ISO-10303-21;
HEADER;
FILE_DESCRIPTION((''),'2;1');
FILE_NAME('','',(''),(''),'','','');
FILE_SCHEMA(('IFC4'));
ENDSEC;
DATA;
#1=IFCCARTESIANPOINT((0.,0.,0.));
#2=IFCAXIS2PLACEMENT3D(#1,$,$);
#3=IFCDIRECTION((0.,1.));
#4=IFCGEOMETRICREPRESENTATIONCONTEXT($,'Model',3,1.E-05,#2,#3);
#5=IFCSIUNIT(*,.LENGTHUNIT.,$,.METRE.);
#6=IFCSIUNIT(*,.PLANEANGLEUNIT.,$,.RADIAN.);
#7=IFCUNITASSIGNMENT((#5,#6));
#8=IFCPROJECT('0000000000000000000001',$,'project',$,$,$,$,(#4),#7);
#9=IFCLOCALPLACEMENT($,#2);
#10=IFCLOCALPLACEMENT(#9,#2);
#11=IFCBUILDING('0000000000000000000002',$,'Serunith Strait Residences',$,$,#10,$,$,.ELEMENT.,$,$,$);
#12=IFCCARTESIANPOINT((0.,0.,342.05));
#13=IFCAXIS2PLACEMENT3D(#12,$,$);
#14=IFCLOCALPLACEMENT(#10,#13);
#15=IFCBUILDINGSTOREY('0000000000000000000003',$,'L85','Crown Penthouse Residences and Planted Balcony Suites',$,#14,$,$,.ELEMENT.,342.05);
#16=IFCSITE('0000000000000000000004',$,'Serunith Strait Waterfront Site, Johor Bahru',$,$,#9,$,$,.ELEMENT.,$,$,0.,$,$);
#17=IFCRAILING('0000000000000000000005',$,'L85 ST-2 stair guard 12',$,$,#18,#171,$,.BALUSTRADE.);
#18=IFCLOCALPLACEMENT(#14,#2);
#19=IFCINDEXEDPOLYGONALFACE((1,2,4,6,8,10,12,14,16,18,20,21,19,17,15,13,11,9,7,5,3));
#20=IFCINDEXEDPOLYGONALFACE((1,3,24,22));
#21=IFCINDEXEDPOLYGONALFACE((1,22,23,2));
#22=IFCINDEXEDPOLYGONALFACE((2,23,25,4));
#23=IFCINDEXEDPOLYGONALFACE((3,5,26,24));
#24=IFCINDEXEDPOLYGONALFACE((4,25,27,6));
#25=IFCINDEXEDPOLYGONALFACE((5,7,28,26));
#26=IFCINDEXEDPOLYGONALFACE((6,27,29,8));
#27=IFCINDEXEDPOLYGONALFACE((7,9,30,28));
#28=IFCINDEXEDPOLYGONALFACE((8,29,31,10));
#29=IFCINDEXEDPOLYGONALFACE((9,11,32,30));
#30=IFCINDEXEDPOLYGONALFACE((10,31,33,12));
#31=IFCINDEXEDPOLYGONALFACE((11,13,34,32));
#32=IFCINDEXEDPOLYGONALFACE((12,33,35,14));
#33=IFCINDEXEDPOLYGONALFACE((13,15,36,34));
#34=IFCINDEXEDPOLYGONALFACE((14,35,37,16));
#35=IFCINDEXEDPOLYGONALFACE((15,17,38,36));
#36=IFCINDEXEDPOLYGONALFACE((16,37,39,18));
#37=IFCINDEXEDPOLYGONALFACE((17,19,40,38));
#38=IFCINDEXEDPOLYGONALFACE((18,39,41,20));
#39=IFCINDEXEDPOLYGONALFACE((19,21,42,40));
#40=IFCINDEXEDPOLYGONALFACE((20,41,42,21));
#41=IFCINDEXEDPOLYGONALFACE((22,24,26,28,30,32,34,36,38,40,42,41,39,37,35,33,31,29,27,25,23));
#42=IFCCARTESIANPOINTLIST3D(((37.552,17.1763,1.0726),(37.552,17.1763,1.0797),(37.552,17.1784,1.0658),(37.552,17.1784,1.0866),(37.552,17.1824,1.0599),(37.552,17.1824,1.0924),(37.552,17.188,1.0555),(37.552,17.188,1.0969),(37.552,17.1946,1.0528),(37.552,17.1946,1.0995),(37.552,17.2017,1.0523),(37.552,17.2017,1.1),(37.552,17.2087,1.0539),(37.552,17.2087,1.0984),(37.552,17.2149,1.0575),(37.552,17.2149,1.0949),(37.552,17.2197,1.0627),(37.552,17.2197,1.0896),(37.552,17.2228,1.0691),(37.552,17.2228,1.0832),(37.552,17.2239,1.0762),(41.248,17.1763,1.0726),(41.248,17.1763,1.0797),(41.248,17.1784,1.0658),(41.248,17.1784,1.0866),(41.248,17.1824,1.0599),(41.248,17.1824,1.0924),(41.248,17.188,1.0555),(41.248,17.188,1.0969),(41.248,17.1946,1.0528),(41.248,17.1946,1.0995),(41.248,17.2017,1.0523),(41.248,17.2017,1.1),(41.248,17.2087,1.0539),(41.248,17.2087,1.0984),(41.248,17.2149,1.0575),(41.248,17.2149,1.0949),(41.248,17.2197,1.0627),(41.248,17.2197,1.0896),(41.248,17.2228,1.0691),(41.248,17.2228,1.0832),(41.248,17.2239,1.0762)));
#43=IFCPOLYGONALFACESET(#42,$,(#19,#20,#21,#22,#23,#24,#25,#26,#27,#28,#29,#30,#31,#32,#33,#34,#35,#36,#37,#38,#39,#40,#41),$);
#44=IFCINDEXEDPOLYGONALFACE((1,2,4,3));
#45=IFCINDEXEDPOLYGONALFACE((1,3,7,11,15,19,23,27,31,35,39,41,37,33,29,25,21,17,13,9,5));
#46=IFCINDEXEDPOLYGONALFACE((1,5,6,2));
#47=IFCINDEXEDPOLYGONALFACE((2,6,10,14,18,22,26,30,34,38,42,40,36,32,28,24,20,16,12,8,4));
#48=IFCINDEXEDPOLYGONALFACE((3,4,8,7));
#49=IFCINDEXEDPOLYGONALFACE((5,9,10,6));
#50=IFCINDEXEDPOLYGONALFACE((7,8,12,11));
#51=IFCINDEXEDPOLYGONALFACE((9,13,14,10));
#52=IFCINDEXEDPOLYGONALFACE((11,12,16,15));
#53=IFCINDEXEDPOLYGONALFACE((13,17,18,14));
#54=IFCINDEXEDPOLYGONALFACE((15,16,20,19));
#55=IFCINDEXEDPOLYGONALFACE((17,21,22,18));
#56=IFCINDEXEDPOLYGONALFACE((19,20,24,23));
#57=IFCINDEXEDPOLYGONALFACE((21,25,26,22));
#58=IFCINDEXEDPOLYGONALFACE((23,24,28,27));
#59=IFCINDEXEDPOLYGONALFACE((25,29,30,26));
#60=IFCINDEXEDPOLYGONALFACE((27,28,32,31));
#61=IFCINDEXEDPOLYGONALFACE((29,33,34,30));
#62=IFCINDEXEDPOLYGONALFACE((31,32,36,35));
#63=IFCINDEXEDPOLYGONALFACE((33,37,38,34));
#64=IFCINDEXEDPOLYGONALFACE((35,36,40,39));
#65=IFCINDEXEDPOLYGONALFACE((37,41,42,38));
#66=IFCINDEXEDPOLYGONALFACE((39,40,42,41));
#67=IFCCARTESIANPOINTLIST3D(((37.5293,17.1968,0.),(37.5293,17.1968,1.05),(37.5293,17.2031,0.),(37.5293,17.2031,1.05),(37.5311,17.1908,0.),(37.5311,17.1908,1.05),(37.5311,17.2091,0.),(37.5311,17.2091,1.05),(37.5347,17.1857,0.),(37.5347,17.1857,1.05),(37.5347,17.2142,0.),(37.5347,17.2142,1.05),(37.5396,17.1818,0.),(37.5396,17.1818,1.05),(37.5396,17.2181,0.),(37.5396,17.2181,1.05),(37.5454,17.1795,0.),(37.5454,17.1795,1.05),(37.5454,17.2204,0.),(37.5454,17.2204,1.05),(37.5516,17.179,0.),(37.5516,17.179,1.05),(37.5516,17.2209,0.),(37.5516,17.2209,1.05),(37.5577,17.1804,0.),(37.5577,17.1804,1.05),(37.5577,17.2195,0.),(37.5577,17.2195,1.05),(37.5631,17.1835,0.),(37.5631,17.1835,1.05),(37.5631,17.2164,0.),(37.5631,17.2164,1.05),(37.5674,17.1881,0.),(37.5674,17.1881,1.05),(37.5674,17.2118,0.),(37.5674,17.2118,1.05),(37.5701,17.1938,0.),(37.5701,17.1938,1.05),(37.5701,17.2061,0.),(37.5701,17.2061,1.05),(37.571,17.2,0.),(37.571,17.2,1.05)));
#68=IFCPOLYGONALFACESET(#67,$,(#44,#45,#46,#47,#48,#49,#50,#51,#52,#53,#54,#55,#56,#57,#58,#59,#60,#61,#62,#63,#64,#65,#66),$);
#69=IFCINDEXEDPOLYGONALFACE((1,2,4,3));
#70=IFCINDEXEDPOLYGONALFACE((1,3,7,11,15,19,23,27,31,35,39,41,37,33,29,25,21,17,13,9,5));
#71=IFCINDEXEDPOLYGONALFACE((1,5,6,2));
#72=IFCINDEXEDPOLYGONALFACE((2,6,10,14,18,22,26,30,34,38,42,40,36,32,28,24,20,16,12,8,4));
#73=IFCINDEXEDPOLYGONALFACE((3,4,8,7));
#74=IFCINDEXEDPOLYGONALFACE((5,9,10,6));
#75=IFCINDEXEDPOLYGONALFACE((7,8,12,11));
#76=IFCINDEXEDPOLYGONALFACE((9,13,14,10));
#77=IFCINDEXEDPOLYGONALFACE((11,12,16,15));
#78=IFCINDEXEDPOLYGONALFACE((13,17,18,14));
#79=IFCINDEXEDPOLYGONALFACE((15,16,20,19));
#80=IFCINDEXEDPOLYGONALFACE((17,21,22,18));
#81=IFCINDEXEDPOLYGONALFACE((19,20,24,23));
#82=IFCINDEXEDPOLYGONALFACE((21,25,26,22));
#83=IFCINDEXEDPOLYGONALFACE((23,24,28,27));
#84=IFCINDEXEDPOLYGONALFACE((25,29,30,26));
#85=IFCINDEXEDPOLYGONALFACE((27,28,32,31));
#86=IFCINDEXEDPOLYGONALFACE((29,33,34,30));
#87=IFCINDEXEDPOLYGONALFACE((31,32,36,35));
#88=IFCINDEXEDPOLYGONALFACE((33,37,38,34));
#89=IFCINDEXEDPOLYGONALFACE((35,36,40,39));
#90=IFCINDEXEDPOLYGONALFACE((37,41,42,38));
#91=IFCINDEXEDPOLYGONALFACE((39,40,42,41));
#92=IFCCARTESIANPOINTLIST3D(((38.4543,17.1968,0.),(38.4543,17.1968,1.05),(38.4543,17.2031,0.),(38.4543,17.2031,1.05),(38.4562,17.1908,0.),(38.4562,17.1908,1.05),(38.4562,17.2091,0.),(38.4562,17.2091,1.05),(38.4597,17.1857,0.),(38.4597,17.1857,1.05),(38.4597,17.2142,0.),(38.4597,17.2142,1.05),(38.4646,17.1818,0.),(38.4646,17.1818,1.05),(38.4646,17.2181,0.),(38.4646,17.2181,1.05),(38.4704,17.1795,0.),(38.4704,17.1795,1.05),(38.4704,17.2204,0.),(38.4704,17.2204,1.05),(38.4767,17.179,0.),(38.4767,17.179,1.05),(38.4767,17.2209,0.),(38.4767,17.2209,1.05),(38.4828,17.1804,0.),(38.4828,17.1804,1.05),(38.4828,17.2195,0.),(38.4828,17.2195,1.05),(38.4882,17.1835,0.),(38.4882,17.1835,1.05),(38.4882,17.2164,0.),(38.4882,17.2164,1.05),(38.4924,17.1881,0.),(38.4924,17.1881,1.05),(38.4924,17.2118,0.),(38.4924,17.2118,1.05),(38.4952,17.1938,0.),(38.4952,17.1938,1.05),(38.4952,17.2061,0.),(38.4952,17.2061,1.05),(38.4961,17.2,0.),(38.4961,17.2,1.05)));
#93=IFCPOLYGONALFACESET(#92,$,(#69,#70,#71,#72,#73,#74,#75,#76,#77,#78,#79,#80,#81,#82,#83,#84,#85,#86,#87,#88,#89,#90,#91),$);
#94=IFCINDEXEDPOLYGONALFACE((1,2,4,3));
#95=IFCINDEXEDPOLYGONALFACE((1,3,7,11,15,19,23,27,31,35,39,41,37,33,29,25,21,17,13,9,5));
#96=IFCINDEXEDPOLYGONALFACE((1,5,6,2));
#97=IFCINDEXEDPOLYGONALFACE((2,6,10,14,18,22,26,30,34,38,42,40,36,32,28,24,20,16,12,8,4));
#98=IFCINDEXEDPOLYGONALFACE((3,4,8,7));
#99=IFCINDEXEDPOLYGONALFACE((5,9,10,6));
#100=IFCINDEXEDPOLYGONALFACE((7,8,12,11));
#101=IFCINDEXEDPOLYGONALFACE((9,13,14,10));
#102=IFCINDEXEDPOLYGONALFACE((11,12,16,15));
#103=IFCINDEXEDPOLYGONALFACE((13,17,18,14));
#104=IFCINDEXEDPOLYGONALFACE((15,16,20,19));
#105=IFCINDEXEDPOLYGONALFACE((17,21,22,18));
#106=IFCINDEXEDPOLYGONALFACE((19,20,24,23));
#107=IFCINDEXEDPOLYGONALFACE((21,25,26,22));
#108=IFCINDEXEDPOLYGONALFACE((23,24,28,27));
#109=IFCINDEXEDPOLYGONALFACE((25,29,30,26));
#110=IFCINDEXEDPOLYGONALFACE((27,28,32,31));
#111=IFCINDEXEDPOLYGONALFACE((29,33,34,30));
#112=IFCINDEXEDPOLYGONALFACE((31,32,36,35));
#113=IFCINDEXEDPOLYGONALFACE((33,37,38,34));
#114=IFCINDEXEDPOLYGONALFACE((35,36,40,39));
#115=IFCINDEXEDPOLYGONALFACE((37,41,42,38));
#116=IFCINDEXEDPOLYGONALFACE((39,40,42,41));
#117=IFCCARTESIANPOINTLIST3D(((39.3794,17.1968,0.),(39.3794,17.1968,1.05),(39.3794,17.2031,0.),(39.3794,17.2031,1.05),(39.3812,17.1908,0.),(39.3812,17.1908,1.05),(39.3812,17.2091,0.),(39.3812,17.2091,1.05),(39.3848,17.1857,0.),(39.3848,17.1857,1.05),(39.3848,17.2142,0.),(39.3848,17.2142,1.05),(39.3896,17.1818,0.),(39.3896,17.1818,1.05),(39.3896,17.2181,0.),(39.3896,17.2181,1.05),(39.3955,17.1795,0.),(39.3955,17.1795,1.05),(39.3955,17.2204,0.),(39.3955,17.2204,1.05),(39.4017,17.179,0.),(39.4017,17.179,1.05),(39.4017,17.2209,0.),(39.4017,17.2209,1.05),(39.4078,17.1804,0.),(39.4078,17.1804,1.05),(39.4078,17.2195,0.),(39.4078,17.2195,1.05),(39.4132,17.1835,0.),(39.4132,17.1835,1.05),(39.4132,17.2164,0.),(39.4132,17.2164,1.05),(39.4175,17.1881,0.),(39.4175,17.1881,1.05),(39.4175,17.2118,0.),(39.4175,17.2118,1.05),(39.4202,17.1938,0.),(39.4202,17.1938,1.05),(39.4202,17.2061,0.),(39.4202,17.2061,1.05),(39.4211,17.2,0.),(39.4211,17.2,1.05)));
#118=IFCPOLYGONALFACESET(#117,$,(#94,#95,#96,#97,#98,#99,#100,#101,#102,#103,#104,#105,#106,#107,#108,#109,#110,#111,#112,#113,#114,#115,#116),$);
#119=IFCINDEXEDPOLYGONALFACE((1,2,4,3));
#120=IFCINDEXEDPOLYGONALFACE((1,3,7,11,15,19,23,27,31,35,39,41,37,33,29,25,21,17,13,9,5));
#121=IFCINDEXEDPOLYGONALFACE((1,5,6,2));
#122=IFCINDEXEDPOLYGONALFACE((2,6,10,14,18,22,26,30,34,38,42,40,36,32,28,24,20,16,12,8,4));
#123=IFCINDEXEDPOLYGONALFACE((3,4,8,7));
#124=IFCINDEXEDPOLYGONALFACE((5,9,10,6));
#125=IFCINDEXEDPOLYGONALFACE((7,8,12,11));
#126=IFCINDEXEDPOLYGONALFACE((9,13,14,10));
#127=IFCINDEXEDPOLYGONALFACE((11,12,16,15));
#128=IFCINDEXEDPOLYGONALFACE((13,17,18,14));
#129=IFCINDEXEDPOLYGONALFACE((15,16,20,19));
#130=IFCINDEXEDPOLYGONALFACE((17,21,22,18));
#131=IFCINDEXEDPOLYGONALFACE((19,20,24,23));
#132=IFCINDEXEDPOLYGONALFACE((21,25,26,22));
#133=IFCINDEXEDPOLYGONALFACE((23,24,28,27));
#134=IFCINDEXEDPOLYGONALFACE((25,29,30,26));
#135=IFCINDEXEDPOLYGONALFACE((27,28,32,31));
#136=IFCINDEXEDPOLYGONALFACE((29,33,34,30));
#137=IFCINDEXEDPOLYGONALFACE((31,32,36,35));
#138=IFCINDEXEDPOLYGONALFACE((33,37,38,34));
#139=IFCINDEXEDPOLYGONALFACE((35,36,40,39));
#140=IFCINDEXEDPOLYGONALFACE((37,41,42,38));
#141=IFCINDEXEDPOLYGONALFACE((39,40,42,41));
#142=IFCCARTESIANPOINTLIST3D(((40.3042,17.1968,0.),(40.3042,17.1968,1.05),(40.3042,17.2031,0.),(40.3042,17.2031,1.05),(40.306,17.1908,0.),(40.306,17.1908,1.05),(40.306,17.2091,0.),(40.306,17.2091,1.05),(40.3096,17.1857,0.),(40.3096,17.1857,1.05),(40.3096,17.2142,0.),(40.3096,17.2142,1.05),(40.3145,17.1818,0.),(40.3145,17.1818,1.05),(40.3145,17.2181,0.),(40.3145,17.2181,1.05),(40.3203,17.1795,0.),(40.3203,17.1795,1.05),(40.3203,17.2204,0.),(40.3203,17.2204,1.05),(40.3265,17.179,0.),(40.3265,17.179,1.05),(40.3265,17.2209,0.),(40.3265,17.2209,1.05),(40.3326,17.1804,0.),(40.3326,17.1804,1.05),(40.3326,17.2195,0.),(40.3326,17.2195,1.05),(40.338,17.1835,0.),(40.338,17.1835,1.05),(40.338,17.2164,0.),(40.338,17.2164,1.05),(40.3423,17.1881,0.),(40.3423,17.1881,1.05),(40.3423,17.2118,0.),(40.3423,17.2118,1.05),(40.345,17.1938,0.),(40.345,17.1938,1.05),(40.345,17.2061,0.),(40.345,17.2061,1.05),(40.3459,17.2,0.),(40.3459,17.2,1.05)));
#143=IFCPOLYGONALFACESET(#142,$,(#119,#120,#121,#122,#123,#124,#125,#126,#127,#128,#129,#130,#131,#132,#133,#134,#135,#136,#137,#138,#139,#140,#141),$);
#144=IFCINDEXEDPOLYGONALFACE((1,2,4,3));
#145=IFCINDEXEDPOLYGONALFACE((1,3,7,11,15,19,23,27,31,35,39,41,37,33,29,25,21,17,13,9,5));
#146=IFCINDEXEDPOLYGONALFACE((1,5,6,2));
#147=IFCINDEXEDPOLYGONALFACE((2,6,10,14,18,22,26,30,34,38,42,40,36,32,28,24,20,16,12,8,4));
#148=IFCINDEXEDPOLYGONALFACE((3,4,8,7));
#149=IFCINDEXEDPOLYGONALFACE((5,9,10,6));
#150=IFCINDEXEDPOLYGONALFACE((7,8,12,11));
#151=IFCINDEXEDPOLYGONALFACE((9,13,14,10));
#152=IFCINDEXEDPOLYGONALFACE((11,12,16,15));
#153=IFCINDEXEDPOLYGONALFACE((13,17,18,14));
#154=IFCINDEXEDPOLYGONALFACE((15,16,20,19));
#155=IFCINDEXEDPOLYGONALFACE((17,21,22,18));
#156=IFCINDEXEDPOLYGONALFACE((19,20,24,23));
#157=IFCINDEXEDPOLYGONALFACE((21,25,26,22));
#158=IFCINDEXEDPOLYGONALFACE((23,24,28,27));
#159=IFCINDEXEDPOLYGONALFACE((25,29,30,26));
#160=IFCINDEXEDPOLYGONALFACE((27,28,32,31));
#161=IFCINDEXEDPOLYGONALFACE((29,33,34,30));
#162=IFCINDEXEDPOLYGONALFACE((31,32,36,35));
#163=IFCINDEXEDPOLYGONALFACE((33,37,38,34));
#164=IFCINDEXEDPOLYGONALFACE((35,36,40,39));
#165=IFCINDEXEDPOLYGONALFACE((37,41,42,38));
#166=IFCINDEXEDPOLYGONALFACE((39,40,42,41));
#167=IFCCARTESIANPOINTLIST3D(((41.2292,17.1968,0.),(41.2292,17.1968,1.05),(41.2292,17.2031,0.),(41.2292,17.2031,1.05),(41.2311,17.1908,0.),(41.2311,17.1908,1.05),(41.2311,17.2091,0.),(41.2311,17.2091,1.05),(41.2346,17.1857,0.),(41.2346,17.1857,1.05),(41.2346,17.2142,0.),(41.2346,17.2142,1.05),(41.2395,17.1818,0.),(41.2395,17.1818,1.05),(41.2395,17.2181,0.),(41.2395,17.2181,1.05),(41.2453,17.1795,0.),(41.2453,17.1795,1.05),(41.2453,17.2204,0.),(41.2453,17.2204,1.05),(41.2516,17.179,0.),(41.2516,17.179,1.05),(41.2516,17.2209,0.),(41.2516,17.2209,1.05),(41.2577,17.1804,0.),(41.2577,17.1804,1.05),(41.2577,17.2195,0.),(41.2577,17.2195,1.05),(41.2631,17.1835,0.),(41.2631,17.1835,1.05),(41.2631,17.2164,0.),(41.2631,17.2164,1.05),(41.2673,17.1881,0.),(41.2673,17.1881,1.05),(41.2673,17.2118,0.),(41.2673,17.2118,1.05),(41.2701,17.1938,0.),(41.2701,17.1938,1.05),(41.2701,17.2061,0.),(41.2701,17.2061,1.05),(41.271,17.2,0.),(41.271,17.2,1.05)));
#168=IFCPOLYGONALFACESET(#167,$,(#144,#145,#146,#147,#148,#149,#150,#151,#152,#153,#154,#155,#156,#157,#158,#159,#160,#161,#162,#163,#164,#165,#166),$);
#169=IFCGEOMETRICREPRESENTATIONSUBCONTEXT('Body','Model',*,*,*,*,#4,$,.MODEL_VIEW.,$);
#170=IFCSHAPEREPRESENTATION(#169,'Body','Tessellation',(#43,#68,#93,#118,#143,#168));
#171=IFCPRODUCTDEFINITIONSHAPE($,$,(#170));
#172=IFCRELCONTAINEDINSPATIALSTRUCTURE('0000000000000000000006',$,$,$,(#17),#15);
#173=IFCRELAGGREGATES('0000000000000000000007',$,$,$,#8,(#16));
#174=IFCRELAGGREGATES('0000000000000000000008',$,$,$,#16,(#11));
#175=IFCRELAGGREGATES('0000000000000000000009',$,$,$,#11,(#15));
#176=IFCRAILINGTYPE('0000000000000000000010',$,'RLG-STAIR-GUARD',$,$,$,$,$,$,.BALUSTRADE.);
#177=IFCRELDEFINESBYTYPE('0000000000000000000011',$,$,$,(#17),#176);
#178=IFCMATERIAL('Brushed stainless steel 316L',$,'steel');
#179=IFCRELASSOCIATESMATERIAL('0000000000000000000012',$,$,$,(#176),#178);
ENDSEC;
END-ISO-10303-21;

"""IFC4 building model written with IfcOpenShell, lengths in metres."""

from ifc_helpers import new_model, si_unit, direction, frame, origin, origin_2d, place, context, subcontext, project, spatial, circle, extrude, material, type_object, element, save


model = new_model("IFC4")

# Units and contexts
model_context = context("Model", 3, precision=1e-05, world=origin(), true_north=direction((0.0, 1.0)))
body_context = subcontext(model_context, "Body", "Model", "MODEL_VIEW")
ifc_project = project(units=[si_unit("LENGTHUNIT", "METRE"), si_unit("PLANEANGLEUNIT", "RADIAN")], contexts=[model_context])

# Site, building, storey
site_placement = place(None, origin())
site = spatial("IfcSite", under=ifc_project, at=site_placement, Name="Serunith Strait Waterfront Site, Johor Bahru", CompositionType="ELEMENT", RefElevation=0.0)
building_placement = place(site_placement, origin())
building = spatial("IfcBuilding", under=site, at=building_placement, Name="Serunith Strait Residences", CompositionType="ELEMENT")
storey_placement = place(building_placement, frame((0.0, 0.0, 342.05)))
storey = spatial("IfcBuildingStorey", under=building, at=storey_placement, Name="L85", Description="Crown Penthouse Residences and Planted Balcony Suites", CompositionType="ELEMENT", Elevation=342.05)

# Railing
ifc_material_1 = material(Name="Brushed stainless steel 316L", Category="steel")
railing_type_1 = type_object("IfcRailingType", Name="RLG-STAIR-GUARD", PredefinedType="BALUSTRADE", material=ifc_material_1)
railing_1_placement = place(storey_placement, frame((37.55, 17.2, 0.0)))
element("IfcRailing", 1, at=railing_1_placement, inside=storey, type_object=railing_type_1, Name="L85 ST-2 stair guard 12", PredefinedType="BALUSTRADE", context=body_context, shape_type="SweptSolid", body=[
    extrude(circle(Radius=0.0239, at=origin_2d()), frame((0.002, 0.0, 1.0762), z_axis=(1.0, 0.0, 0.0), x_axis=(0.0, 1.0, 0.0)), (0.0, 0.0, 1.0), 3.696),
    extrude(circle(Radius=0.021, at=origin_2d()), origin(), (0.0, 0.0, 1.0), 1.05),
    extrude(circle(Radius=0.021, at=origin_2d()), frame((0.925, 0.0, 0.0)), (0.0, 0.0, 1.0), 1.05),
    extrude(circle(Radius=0.021, at=origin_2d()), frame((1.8501, 0.0, 0.0)), (0.0, 0.0, 1.0), 1.05),
    extrude(circle(Radius=0.021, at=origin_2d()), frame((2.7749, 0.0, 0.0)), (0.0, 0.0, 1.0), 1.05),
    extrude(circle(Radius=0.021, at=origin_2d()), frame((3.7, 0.0, 0.0)), (0.0, 0.0, 1.0), 1.05),
])

save(model, "model.ifc")
